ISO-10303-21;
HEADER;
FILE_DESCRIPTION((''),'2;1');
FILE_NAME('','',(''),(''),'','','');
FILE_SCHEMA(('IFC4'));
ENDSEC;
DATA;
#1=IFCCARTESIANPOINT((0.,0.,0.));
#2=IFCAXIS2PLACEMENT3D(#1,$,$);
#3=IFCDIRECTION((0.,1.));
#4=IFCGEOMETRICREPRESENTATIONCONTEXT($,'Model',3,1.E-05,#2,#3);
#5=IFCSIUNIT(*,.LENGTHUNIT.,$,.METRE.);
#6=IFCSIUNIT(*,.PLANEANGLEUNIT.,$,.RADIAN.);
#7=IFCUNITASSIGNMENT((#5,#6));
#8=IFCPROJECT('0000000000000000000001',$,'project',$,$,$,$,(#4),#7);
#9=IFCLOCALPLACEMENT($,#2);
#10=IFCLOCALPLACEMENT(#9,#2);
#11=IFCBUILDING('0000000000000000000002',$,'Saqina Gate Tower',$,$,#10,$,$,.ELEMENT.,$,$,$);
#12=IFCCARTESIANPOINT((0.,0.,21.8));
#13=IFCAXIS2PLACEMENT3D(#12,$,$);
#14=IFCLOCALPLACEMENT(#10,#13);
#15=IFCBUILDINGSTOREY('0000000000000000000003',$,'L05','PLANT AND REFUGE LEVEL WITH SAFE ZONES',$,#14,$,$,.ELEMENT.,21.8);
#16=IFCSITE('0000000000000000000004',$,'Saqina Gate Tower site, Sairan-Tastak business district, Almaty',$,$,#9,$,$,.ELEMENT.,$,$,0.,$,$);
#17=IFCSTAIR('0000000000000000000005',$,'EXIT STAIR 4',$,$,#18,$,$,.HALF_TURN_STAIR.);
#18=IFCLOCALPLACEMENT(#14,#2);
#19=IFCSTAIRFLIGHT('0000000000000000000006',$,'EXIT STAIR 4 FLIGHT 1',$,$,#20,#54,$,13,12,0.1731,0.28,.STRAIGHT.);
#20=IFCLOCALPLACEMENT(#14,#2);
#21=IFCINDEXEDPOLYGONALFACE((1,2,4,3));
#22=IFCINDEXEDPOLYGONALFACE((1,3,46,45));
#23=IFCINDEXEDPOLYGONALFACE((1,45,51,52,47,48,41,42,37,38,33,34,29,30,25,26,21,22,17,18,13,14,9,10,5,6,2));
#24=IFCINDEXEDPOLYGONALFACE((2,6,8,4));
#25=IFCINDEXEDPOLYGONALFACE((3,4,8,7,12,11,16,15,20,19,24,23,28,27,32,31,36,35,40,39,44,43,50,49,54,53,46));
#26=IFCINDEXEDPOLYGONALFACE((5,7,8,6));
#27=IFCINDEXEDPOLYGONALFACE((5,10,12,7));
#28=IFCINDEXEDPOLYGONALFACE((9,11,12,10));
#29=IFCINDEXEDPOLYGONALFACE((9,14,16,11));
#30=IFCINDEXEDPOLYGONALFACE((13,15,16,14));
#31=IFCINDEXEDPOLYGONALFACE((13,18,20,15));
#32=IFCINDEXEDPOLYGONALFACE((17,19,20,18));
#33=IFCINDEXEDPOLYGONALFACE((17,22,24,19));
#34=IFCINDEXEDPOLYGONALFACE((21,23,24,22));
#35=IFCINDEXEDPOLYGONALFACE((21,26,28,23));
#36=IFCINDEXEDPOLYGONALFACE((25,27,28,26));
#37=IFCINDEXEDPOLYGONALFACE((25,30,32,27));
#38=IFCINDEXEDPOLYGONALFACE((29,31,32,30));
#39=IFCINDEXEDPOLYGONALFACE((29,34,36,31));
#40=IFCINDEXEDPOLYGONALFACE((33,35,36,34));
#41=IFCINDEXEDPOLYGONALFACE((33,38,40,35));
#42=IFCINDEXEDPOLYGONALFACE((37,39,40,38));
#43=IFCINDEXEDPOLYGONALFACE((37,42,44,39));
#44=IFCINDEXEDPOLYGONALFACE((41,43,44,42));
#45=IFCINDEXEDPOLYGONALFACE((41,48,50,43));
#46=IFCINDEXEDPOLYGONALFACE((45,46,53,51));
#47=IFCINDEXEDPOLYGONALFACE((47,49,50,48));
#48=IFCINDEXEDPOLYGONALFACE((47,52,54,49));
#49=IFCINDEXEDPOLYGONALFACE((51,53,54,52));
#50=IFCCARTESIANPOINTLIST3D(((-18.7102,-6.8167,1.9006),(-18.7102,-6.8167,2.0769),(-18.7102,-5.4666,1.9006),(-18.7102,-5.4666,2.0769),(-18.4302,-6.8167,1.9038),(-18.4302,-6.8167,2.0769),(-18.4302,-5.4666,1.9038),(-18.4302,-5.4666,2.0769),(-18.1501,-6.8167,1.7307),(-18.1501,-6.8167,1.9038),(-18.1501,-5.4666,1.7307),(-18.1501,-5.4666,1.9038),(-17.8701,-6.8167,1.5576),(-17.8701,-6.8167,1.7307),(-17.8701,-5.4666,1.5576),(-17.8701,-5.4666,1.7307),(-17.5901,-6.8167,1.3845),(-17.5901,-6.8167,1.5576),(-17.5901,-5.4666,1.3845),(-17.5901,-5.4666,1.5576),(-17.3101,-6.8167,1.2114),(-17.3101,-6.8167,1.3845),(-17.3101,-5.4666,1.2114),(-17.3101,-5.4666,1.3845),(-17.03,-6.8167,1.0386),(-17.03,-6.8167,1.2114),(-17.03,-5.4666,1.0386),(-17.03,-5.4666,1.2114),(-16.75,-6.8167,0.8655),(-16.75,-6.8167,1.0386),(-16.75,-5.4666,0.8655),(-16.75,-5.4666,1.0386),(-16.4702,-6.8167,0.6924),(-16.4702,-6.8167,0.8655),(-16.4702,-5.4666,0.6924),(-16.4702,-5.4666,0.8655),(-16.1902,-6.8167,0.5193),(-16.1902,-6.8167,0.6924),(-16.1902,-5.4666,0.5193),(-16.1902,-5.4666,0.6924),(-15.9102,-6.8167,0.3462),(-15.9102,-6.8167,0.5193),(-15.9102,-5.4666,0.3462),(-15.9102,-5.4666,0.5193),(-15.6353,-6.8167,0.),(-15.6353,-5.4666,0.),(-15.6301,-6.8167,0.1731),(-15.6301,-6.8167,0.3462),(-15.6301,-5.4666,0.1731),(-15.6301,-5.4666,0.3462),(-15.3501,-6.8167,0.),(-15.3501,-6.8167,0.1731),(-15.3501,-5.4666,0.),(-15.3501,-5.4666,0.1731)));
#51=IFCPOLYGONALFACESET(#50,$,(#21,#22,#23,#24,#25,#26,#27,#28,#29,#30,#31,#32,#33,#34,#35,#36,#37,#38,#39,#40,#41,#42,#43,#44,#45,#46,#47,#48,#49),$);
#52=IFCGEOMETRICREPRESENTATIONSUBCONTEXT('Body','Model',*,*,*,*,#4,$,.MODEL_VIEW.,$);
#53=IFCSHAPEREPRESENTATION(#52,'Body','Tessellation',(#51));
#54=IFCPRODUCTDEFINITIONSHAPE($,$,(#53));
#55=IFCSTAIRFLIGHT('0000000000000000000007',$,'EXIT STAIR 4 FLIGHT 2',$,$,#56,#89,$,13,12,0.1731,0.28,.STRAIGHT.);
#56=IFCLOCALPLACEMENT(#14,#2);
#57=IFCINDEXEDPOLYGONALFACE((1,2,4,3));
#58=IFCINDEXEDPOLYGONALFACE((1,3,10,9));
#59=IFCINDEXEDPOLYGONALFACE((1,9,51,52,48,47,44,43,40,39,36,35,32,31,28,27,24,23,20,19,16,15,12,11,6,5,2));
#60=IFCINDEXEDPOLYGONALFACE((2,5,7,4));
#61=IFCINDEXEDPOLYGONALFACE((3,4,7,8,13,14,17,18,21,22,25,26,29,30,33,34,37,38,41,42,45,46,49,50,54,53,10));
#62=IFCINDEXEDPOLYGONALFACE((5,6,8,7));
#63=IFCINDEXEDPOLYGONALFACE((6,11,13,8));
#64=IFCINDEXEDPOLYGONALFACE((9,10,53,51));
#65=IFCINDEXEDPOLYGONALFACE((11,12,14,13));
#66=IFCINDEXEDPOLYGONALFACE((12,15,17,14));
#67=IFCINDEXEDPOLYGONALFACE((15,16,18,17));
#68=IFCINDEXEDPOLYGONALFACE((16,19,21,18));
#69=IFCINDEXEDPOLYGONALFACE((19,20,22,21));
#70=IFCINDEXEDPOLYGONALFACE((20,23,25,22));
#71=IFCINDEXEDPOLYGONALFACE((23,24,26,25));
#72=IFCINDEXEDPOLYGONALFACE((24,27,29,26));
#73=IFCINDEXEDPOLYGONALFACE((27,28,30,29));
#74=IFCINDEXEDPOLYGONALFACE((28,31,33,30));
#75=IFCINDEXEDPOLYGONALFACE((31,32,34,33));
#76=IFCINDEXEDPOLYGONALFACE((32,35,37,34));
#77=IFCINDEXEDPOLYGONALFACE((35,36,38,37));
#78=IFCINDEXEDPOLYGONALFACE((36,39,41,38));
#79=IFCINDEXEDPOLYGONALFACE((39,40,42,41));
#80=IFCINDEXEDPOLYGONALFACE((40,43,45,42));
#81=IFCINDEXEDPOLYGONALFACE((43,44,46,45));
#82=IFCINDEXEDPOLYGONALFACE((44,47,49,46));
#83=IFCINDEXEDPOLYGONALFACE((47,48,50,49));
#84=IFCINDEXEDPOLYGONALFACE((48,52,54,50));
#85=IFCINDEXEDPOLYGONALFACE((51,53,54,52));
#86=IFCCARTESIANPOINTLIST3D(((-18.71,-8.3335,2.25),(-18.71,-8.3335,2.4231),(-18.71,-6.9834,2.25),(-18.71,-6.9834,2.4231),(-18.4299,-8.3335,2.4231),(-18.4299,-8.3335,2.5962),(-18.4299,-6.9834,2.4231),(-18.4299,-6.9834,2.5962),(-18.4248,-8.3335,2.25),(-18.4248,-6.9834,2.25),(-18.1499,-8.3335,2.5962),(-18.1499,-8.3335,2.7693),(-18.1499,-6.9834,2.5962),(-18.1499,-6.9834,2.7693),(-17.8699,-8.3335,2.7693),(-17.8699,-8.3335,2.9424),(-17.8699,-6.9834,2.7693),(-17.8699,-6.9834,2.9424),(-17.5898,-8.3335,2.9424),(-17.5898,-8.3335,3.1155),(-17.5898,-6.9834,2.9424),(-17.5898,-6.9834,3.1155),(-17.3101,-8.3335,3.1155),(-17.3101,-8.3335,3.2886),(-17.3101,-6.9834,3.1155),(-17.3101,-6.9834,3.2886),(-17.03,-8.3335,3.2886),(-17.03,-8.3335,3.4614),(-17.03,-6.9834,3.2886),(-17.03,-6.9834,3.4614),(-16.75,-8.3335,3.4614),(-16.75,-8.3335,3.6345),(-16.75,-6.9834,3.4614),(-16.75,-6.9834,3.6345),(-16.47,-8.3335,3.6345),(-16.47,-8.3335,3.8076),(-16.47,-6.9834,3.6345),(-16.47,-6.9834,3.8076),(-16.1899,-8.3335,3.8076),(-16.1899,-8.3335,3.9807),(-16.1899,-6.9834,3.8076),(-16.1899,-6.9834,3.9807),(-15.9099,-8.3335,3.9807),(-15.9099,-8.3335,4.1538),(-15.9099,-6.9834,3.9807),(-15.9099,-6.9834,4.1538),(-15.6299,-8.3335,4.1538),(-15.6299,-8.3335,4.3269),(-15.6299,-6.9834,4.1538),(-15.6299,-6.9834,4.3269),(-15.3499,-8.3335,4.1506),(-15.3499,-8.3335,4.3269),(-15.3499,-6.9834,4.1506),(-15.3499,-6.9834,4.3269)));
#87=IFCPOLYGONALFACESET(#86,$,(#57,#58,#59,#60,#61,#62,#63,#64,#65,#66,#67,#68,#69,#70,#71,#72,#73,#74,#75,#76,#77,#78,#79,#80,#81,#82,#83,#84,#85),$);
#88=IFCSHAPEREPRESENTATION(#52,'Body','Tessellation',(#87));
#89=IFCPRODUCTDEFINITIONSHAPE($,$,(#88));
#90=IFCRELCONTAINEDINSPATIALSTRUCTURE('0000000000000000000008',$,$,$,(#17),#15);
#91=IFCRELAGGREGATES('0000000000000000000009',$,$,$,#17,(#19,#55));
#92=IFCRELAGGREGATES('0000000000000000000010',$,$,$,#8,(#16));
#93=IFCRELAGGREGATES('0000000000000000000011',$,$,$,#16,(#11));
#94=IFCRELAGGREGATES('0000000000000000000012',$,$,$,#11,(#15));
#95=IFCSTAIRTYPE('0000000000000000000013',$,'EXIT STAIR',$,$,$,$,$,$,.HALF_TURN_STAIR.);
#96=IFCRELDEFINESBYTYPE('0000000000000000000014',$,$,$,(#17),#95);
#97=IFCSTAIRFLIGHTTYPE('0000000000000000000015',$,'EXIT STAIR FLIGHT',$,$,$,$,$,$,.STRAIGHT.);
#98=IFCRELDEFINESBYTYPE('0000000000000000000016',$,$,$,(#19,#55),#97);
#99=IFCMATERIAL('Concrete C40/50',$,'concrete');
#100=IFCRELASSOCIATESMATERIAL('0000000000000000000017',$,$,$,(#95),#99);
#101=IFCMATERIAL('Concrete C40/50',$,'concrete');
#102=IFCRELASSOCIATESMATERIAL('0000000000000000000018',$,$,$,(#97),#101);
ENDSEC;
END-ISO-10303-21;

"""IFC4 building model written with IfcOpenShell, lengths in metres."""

from ifc_helpers import new_model, si_unit, direction, frame, origin, place, context, subcontext, project, spatial, polyline, outline, extrude, material, type_object, element, aggregate, save


model = new_model("IFC4")

# Units and contexts
model_context = context("Model", 3, precision=1e-05, world=origin(), true_north=direction((0.0, 1.0)))
body_context = subcontext(model_context, "Body", "Model", "MODEL_VIEW")
ifc_project = project(units=[si_unit("LENGTHUNIT", "METRE"), si_unit("PLANEANGLEUNIT", "RADIAN")], contexts=[model_context])

# Site, building, storey
site_placement = place(None, origin())
site = spatial("IfcSite", under=ifc_project, at=site_placement, Name="Saqina Gate Tower site, Sairan-Tastak business district, Almaty", CompositionType="ELEMENT", RefElevation=0.0)
building_placement = place(site_placement, origin())
building = spatial("IfcBuilding", under=site, at=building_placement, Name="Saqina Gate Tower", CompositionType="ELEMENT")
storey_placement = place(building_placement, frame((0.0, 0.0, 21.8)))
storey = spatial("IfcBuildingStorey", under=building, at=storey_placement, Name="L05", Description="PLANT AND REFUGE LEVEL WITH SAFE ZONES", CompositionType="ELEMENT", Elevation=21.8)

# Stair, stair flights
ifc_material_1 = material(Name="Concrete C40/50", Category="concrete")
stair_type = type_object("IfcStairType", Name="EXIT STAIR", PredefinedType="HALF_TURN_STAIR", material=ifc_material_1)
stair_placement = place(storey_placement, origin())
stair = element("IfcStair", 1, at=stair_placement, inside=storey, type_object=stair_type, Name="EXIT STAIR 4", PredefinedType="HALF_TURN_STAIR")
ifc_material_2 = material(Name="Concrete C40/50", Category="concrete")
stair_flight_type = type_object("IfcStairFlightType", Name="EXIT STAIR FLIGHT", PredefinedType="STRAIGHT", material=ifc_material_2)
stair_flight_1_placement = place(storey_placement, frame((-15.3501, -6.1416, 0.0), z_axis=(0.0, 0.0, 1.0), x_axis=(-1.0, 0.0, 0.0)))
stair_flight_1 = element("IfcStairFlight", 2, at=stair_flight_1_placement, type_object=stair_flight_type, Name="EXIT STAIR 4 FLIGHT 1", NumberOfRisers=13, NumberOfTreads=12, PredefinedType="STRAIGHT", RiserHeight=0.1731, TreadLength=0.28, context=body_context, shape_type="SweptSolid", body=[
    extrude(outline(polyline([(0.0, 0.0), (0.0, 0.1731), (0.28, 0.1731), (0.28, 0.3462), (0.5601, 0.3462), (0.5601, 0.5193), (0.8401, 0.5193), (0.8401, 0.6924), (1.1201, 0.6924), (1.1201, 0.8655), (1.3999, 0.8655), (1.3999, 1.0386), (1.6799, 1.0386), (1.6799, 1.2114), (1.96, 1.2114), (1.96, 1.3845), (2.24, 1.3845), (2.24, 1.5576), (2.52, 1.5576), (2.52, 1.7307), (2.8, 1.7307), (2.8, 1.9038), (3.0801, 1.9038), (3.0801, 2.0769), (3.3601, 2.0769), (3.3601, 2.25), (3.3601, 1.9006), (0.2852, 0.0), (0.0, 0.0)])), frame((0.0, 0.675, 0.0), z_axis=(0.0, -1.0, 0.0), x_axis=(1.0, 0.0, 0.0)), (0.0, 0.0, 1.0), 1.3501),
])
stair_flight_2_placement = place(storey_placement, frame((-18.71, -7.6584, 2.25), z_axis=(0.0, 0.0, 1.0), x_axis=(1.0, 0.0, 0.0)))
stair_flight_2 = element("IfcStairFlight", 3, at=stair_flight_2_placement, type_object=stair_flight_type, Name="EXIT STAIR 4 FLIGHT 2", NumberOfRisers=13, NumberOfTreads=12, PredefinedType="STRAIGHT", RiserHeight=0.1731, TreadLength=0.28, context=body_context, shape_type="SweptSolid", body=[
    extrude(outline(polyline([(0.0, 0.0), (0.0, 0.1731), (0.28, 0.1731), (0.28, 0.3462), (0.5601, 0.3462), (0.5601, 0.5193), (0.8401, 0.5193), (0.8401, 0.6924), (1.1201, 0.6924), (1.1201, 0.8655), (1.3999, 0.8655), (1.3999, 1.0386), (1.6799, 1.0386), (1.6799, 1.2114), (1.96, 1.2114), (1.96, 1.3845), (2.24, 1.3845), (2.24, 1.5576), (2.52, 1.5576), (2.52, 1.7307), (2.8, 1.7307), (2.8, 1.9038), (3.0801, 1.9038), (3.0801, 2.0769), (3.3601, 2.0769), (3.3601, 2.25), (3.3601, 1.9006), (0.2852, 0.0), (0.0, 0.0)])), frame((0.0, 0.675, 0.0), z_axis=(0.0, -1.0, 0.0), x_axis=(1.0, 0.0, 0.0)), (0.0, 0.0, 1.0), 1.3501),
])
aggregate(stair, [stair_flight_1, stair_flight_2])

save(model, "model.ifc")
